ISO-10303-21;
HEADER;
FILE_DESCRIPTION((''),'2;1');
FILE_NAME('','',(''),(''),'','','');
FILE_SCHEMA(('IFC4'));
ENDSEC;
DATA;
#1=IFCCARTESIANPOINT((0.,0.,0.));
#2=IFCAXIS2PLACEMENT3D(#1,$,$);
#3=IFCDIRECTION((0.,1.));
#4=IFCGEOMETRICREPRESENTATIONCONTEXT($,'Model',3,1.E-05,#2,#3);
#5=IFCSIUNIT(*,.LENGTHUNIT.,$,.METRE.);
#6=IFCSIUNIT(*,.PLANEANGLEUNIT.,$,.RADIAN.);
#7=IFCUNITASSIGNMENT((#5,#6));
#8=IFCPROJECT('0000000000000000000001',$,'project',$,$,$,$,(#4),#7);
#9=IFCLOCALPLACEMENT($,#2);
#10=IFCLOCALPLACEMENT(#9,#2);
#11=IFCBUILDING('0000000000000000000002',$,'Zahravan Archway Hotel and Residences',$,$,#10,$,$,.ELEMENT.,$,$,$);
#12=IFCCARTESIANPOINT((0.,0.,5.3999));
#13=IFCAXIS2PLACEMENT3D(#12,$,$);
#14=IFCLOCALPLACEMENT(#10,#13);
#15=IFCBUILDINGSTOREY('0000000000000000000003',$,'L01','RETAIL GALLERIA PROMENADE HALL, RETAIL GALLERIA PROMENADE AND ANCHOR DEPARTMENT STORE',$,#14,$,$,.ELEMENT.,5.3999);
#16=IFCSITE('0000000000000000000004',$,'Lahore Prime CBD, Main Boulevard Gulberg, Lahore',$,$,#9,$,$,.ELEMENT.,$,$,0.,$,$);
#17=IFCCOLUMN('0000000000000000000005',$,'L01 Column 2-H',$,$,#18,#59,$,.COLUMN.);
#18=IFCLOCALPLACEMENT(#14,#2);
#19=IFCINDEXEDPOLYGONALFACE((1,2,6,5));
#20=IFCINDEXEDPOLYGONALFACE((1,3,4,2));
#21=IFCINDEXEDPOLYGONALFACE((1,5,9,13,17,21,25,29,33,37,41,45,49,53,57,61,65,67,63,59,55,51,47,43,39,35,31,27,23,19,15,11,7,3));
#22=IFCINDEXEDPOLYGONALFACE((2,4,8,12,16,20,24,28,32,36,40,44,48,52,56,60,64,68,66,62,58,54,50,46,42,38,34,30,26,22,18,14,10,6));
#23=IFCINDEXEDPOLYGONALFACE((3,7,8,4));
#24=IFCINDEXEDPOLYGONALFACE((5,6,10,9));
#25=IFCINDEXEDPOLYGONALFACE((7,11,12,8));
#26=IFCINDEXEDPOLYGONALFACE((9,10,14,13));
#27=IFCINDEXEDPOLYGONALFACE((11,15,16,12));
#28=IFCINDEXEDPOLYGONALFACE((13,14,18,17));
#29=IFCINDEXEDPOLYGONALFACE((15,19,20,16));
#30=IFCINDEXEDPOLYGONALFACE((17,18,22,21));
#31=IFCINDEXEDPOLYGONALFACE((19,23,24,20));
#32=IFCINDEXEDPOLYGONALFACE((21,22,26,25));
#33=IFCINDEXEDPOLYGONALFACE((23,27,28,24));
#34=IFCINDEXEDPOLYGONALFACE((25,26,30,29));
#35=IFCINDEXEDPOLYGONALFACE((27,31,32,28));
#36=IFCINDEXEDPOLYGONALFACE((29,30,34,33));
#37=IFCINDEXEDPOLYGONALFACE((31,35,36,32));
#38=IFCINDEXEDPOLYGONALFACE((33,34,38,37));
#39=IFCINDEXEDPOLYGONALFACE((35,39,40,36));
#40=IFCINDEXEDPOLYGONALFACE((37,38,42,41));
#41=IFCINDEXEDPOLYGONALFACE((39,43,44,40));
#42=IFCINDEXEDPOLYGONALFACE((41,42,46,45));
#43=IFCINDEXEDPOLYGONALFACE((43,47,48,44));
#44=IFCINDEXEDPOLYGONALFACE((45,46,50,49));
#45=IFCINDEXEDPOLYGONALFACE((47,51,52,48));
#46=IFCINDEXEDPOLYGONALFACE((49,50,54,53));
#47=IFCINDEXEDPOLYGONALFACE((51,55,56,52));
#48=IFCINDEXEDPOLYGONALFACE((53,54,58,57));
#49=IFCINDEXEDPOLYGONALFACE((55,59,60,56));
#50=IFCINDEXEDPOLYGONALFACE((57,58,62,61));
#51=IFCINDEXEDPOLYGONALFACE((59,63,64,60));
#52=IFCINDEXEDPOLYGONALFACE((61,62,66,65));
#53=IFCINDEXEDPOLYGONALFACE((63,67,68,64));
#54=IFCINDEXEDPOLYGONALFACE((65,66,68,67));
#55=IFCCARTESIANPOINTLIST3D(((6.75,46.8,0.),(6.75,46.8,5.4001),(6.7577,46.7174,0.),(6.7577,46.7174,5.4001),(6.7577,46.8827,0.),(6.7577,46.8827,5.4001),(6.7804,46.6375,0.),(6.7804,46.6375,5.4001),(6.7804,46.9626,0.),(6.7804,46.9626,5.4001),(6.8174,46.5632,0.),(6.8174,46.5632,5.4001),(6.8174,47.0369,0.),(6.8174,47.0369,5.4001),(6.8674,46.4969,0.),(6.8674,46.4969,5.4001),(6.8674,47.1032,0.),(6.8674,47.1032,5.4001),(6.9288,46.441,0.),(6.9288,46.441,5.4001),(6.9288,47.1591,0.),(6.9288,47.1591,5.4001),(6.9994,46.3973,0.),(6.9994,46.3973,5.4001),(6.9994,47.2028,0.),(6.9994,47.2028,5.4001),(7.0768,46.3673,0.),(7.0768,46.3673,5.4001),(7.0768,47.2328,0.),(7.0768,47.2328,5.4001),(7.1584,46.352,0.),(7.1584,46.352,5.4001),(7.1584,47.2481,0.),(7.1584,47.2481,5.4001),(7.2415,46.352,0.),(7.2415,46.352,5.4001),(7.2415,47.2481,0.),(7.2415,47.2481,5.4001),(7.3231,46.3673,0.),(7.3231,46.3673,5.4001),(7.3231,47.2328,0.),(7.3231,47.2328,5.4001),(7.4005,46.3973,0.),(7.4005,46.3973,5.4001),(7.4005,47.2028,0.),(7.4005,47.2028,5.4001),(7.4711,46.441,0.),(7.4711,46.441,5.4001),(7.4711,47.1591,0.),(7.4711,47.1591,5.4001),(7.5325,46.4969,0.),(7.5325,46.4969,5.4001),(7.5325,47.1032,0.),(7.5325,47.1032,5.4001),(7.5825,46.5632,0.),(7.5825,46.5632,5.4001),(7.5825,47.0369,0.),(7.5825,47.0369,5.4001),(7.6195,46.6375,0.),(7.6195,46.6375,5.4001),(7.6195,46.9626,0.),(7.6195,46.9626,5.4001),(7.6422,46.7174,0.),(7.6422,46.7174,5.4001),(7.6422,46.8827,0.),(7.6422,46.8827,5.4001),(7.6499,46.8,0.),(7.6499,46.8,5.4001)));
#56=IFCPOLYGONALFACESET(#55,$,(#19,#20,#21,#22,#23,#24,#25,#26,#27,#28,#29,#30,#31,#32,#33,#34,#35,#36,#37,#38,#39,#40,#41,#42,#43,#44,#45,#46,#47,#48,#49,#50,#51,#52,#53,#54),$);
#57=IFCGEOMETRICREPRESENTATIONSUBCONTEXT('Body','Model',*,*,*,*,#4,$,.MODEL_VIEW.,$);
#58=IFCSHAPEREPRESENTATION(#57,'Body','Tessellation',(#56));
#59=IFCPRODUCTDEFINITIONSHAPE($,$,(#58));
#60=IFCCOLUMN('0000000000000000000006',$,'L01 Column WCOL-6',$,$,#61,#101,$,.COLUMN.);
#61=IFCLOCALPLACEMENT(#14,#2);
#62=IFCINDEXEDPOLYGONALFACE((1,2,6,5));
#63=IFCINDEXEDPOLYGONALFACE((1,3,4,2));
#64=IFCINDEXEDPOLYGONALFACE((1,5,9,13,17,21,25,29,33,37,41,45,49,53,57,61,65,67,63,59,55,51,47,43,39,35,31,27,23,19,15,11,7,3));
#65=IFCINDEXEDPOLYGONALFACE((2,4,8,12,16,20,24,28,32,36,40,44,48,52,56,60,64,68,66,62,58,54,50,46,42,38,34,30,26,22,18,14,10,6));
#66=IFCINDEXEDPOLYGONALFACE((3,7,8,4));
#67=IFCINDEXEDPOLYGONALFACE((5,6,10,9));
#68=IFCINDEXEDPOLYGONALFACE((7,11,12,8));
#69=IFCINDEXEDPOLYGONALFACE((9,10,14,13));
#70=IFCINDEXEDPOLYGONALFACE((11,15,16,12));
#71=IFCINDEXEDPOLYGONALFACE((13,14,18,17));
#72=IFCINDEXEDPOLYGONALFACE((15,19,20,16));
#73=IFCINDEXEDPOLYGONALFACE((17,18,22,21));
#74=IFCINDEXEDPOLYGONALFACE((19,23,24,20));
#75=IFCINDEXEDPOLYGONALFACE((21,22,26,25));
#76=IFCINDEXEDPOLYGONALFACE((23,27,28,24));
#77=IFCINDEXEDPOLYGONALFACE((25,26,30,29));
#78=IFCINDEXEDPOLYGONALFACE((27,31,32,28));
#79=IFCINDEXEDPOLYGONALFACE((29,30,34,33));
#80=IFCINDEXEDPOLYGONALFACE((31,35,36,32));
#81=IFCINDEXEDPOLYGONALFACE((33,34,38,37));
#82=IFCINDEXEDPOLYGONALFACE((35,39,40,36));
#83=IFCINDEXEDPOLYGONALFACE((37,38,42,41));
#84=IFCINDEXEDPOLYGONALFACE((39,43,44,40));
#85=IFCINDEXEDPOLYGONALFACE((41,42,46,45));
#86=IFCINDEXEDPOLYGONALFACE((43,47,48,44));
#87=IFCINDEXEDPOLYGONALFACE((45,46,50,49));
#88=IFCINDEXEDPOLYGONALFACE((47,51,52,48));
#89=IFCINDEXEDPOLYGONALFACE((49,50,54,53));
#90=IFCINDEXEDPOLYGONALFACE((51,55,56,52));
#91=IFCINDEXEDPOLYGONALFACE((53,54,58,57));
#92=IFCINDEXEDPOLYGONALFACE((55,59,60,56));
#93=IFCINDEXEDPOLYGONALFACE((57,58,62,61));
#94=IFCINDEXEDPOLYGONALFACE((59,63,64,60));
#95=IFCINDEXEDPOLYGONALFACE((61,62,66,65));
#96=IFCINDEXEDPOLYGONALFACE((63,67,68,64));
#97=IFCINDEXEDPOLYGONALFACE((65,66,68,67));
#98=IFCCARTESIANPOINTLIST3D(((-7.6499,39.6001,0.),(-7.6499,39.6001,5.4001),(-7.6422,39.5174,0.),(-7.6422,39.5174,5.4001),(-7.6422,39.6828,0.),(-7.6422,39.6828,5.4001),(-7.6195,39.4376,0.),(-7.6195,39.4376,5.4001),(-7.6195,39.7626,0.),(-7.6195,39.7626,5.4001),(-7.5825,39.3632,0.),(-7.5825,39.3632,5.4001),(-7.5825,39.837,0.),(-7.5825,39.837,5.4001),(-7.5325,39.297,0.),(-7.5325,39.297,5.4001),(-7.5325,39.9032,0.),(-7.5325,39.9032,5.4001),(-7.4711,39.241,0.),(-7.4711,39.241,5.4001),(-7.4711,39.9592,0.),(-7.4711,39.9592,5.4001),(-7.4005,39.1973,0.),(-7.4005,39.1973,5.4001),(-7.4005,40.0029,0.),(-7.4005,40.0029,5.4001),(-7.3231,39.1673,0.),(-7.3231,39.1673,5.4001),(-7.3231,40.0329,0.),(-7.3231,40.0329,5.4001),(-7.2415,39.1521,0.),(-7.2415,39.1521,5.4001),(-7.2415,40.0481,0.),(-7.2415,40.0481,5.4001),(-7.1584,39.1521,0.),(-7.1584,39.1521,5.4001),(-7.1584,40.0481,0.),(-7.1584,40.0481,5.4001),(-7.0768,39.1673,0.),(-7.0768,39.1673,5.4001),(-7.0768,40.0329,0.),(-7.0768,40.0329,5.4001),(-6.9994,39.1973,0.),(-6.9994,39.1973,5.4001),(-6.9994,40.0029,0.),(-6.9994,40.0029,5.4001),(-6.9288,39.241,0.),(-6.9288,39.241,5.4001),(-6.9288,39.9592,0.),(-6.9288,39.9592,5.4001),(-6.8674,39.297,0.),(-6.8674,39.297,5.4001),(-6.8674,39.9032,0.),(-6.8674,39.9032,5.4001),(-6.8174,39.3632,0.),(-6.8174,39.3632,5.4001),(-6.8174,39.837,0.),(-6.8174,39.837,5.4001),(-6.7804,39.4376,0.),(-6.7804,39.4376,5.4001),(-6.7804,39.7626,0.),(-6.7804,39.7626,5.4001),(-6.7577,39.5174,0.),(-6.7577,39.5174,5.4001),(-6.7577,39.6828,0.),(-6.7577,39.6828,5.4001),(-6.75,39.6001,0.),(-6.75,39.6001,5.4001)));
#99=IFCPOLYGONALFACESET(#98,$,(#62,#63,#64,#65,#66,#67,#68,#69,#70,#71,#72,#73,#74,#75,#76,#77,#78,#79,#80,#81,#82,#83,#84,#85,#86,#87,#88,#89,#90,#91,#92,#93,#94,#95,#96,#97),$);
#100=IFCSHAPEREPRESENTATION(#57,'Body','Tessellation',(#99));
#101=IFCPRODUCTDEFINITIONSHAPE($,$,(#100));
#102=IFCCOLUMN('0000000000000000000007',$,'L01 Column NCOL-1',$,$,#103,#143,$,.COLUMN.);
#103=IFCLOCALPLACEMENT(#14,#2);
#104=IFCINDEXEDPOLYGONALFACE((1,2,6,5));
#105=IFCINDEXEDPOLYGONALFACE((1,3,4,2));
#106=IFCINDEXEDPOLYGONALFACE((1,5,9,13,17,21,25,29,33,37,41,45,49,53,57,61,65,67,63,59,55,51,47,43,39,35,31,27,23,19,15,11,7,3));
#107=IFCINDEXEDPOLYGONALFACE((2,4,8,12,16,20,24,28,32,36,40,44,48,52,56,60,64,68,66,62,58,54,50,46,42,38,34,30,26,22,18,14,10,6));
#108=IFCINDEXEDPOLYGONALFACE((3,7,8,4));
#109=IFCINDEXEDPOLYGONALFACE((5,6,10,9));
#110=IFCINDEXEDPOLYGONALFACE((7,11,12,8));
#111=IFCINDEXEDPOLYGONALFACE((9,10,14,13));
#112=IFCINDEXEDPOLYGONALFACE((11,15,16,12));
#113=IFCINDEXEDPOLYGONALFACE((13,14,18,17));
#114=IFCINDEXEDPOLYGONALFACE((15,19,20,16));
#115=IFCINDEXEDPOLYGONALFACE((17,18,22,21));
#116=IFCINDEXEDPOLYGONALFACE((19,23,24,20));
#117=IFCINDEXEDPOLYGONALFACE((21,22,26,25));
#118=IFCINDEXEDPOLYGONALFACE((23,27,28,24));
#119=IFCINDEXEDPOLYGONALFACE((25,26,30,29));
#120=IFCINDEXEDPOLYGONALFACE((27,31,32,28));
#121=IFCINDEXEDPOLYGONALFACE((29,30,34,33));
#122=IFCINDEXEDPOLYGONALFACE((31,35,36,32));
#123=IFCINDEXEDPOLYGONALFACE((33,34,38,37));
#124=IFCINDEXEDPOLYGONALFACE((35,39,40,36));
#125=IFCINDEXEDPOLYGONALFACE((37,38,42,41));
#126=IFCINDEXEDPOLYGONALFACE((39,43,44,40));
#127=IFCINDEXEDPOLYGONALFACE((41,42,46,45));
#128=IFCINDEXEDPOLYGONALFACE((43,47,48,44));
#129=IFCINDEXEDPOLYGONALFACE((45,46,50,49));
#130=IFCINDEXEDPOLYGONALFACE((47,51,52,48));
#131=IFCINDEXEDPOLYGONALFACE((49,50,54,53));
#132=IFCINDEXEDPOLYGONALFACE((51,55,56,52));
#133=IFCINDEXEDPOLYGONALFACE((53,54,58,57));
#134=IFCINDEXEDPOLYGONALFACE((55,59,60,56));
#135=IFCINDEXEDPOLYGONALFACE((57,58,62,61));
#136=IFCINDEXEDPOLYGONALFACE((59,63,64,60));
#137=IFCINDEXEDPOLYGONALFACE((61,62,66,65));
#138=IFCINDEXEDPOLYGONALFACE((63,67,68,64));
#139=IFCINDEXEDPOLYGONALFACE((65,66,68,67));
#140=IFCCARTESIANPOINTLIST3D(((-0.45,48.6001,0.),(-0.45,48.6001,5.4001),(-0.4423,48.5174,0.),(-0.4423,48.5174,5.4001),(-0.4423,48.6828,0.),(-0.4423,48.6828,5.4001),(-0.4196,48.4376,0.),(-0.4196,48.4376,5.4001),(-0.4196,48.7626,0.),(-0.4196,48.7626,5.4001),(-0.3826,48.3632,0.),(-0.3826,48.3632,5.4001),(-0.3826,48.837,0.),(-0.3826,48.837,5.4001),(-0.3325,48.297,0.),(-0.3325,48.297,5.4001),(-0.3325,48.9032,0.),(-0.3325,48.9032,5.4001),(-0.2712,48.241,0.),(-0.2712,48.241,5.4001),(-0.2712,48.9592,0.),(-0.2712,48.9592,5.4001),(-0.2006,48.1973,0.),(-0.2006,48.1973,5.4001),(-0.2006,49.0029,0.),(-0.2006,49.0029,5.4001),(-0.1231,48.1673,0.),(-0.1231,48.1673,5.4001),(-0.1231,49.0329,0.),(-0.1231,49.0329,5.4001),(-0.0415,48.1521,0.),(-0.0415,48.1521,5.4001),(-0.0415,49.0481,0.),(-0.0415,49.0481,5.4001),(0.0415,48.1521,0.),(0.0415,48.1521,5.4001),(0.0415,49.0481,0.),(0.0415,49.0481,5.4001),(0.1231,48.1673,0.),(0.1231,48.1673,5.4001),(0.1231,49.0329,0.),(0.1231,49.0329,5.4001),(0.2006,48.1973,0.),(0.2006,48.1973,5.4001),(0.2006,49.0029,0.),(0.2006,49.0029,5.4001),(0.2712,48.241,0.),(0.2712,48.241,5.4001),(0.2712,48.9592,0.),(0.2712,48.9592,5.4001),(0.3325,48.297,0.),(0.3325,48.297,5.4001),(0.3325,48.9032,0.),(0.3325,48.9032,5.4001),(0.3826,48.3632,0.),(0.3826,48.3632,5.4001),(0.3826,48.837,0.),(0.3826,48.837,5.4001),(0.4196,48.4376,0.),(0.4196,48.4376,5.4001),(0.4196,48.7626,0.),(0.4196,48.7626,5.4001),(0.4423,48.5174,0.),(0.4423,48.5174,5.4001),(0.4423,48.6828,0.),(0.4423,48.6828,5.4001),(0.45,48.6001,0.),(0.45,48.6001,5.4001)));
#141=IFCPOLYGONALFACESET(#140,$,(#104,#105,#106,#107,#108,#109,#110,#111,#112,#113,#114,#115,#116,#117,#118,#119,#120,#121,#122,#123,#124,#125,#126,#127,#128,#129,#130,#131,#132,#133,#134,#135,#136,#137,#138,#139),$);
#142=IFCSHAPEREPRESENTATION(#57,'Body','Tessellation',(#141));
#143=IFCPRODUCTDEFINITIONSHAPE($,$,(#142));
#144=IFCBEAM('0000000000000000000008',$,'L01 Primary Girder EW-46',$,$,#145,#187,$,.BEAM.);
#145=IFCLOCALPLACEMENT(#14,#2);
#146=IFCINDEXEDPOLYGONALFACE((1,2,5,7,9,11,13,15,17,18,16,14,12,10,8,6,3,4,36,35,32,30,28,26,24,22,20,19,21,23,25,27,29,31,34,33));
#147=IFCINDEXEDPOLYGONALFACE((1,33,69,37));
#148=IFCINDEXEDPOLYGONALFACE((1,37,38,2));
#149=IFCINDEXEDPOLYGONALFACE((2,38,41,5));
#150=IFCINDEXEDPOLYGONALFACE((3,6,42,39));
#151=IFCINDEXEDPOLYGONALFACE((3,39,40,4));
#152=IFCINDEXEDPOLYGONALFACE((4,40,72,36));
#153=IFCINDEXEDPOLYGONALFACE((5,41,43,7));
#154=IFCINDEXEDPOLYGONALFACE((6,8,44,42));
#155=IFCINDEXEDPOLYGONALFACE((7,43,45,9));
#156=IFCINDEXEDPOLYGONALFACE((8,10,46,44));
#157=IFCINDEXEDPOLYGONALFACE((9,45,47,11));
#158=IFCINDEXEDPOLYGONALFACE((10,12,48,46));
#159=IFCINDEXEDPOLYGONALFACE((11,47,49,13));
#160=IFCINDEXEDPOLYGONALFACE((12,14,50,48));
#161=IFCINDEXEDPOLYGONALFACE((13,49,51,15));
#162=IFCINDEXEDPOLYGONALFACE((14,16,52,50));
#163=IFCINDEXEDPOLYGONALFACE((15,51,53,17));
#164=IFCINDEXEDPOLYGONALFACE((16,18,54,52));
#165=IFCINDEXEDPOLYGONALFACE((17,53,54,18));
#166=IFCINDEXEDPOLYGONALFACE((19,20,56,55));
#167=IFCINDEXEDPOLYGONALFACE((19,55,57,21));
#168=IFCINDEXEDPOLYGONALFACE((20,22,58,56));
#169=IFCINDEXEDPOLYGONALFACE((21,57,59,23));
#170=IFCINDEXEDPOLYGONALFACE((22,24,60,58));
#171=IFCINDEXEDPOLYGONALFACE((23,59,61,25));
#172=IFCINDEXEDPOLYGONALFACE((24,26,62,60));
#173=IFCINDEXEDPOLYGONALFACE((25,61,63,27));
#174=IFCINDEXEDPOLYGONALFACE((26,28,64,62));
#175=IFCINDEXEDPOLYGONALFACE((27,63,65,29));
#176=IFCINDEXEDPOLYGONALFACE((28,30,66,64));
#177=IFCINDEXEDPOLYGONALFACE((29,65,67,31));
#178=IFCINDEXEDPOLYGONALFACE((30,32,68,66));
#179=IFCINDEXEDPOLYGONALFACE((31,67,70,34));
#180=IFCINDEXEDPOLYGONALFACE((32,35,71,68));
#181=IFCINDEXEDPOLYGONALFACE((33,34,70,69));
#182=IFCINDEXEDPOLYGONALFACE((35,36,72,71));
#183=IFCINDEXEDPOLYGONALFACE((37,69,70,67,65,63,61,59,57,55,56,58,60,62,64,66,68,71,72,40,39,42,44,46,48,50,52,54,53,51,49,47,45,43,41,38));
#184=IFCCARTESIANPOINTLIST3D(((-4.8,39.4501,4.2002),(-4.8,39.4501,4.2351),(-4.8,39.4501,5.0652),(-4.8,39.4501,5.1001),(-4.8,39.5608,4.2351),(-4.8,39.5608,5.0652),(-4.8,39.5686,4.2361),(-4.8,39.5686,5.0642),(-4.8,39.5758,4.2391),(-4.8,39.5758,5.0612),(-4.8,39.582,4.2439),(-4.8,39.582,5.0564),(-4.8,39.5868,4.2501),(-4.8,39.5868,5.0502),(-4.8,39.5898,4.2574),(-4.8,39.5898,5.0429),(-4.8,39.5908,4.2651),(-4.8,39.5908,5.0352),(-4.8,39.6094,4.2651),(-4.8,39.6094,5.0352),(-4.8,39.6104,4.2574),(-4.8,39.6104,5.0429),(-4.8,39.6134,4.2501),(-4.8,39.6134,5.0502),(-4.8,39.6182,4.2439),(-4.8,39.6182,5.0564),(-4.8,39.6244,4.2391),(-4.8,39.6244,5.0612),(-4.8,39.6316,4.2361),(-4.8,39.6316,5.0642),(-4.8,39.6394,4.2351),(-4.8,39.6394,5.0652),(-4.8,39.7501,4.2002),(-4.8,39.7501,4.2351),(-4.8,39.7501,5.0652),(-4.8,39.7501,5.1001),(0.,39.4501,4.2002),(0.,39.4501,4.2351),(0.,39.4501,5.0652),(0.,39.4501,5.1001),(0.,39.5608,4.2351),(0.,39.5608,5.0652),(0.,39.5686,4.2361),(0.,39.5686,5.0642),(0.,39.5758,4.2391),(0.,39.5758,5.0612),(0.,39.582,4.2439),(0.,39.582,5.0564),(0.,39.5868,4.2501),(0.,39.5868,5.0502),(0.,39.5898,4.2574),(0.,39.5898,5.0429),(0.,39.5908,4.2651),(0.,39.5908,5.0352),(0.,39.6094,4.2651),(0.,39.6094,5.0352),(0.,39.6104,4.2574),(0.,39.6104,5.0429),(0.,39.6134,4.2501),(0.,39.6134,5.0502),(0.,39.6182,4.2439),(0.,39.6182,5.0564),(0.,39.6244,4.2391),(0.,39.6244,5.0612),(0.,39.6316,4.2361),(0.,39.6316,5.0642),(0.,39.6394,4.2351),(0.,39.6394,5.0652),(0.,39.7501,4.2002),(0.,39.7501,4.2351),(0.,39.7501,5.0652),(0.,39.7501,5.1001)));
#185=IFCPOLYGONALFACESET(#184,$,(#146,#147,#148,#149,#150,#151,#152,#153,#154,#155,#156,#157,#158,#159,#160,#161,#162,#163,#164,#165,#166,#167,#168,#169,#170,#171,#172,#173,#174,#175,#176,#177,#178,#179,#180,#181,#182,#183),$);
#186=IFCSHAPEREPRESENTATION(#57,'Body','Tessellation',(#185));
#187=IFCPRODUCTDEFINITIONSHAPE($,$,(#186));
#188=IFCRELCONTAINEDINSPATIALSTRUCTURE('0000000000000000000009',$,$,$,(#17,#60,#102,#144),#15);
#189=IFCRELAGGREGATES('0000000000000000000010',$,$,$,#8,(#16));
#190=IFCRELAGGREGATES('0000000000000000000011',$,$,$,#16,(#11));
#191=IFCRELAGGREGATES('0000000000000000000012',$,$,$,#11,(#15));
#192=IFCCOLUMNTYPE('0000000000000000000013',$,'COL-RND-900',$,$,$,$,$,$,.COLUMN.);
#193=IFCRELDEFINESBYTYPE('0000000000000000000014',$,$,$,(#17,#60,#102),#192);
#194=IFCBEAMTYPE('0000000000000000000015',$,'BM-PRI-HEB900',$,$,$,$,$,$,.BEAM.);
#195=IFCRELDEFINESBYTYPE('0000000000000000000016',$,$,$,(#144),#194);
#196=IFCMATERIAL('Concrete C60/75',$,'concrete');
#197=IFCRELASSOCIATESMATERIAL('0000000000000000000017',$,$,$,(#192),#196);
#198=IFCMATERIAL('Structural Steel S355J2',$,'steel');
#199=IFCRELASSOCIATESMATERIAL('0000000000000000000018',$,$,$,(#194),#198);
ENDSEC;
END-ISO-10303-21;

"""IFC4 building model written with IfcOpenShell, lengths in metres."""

from ifc_helpers import new_model, si_unit, direction, frame, origin, origin_2d, place, context, subcontext, project, spatial, circle, i_section, extrude, source, transform, mapped, material, material_profile, profile_set, type_object, type_shapes, element, save


model = new_model("IFC4")

# Units and contexts
model_context = context("Model", 3, precision=1e-05, world=origin(), true_north=direction((0.0, 1.0)))
body_context = subcontext(model_context, "Body", "Model", "MODEL_VIEW")
ifc_project = project(units=[si_unit("LENGTHUNIT", "METRE"), si_unit("PLANEANGLEUNIT", "RADIAN")], contexts=[model_context])

# Site, building, storey
site_placement = place(None, origin())
site = spatial("IfcSite", under=ifc_project, at=site_placement, Name="Lahore Prime CBD, Main Boulevard Gulberg, Lahore", CompositionType="ELEMENT", RefElevation=0.0)
building_placement = place(site_placement, origin())
building = spatial("IfcBuilding", under=site, at=building_placement, Name="Zahravan Archway Hotel and Residences", CompositionType="ELEMENT")
storey_placement = place(building_placement, frame((0.0, 0.0, 5.3999)))
storey = spatial("IfcBuildingStorey", under=building, at=storey_placement, Name="L01", Description="RETAIL GALLERIA PROMENADE HALL, RETAIL GALLERIA PROMENADE AND ANCHOR DEPARTMENT STORE", CompositionType="ELEMENT", Elevation=5.3999)

# Columns
ifc_material_1 = material(Name="Concrete C60/75", Category="concrete")
ifc_material_profile_1 = material_profile(ifc_material_1, circle(Radius=0.45, at=origin_2d()), Name="RC-CIRC-900", Category="concrete")
ifc_profile_set_1 = profile_set([ifc_material_profile_1], Name="Concrete C60/75")
column_type = type_object("IfcColumnType", Name="COL-RND-900", PredefinedType="COLUMN", material=ifc_profile_set_1)
shared_shape_1 = source(origin(), body_context, "Body", "SweptSolid", [
    extrude(circle(Radius=0.45, at=origin_2d()), origin(), (0.0, 0.0, 1.0), 5.4001),
])
for number, where, z_axis, x_axis, name in (
    (1, (7.2, 46.8, 0.0), (0.0, 0.0, 1.0), (1.0, 0.0, 0.0), "L01 Column 2-H"),
    (2, (-7.2, 39.6001, 0.0), (0.0, 0.0, 1.0), (1.0, 0.0, 0.0), "L01 Column WCOL-6"),
    (3, (0.0, 48.6001, 0.0), (0.0, 0.0, 1.0), (1.0, 0.0, 0.0), "L01 Column NCOL-1"),
):
    element("IfcColumn", number, at=place(storey_placement, frame(where, z_axis=z_axis, x_axis=x_axis)), inside=storey, type_object=column_type, Name=name, PredefinedType="COLUMN", context=body_context, shape_type="MappedRepresentation", body=[
        mapped(shared_shape_1, transform((0.0, 0.0, 0.0), scale=1.0)),
    ])

# Beam
ifc_material_2 = material(Name="Structural Steel S355J2", Category="steel")
ifc_material_profile_2 = material_profile(ifc_material_2, i_section(OverallWidth=0.3, OverallDepth=0.8999, WebThickness=0.0186, FlangeThickness=0.0349, FilletRadius=0.03, at=origin_2d()), Name="HEB 900", Category="steel")
ifc_profile_set_2 = profile_set([ifc_material_profile_2], Name="Structural Steel S355J2")
beam_type_1 = type_object("IfcBeamType", Name="BM-PRI-HEB900", PredefinedType="BEAM", material=ifc_profile_set_2)
shared_shape_2 = source(origin(), body_context, "Body", "SweptSolid", [
    extrude(i_section(OverallWidth=0.3, OverallDepth=0.8999, WebThickness=0.0186, FlangeThickness=0.0349, FilletRadius=0.03, at=origin_2d()), origin(), (0.0, 0.0, 1.0), 4.8),
])
type_shapes(beam_type_1, [shared_shape_2])
for number, where, z_axis, x_axis, name in (
    (4, (-4.8, 39.6001, 4.6501), (1.0, 0.0, 0.0), (0.0, 1.0, 0.0), "L01 Primary Girder EW-46"),
):
    element("IfcBeam", number, at=place(storey_placement, frame(where, z_axis=z_axis, x_axis=x_axis)), inside=storey, type_object=beam_type_1, Name=name, PredefinedType="BEAM", context=body_context, shape_type="MappedRepresentation", body=[
        mapped(shared_shape_2, transform((0.0, 0.0, 0.0), scale=1.0)),
    ])

save(model, "model.ifc")
